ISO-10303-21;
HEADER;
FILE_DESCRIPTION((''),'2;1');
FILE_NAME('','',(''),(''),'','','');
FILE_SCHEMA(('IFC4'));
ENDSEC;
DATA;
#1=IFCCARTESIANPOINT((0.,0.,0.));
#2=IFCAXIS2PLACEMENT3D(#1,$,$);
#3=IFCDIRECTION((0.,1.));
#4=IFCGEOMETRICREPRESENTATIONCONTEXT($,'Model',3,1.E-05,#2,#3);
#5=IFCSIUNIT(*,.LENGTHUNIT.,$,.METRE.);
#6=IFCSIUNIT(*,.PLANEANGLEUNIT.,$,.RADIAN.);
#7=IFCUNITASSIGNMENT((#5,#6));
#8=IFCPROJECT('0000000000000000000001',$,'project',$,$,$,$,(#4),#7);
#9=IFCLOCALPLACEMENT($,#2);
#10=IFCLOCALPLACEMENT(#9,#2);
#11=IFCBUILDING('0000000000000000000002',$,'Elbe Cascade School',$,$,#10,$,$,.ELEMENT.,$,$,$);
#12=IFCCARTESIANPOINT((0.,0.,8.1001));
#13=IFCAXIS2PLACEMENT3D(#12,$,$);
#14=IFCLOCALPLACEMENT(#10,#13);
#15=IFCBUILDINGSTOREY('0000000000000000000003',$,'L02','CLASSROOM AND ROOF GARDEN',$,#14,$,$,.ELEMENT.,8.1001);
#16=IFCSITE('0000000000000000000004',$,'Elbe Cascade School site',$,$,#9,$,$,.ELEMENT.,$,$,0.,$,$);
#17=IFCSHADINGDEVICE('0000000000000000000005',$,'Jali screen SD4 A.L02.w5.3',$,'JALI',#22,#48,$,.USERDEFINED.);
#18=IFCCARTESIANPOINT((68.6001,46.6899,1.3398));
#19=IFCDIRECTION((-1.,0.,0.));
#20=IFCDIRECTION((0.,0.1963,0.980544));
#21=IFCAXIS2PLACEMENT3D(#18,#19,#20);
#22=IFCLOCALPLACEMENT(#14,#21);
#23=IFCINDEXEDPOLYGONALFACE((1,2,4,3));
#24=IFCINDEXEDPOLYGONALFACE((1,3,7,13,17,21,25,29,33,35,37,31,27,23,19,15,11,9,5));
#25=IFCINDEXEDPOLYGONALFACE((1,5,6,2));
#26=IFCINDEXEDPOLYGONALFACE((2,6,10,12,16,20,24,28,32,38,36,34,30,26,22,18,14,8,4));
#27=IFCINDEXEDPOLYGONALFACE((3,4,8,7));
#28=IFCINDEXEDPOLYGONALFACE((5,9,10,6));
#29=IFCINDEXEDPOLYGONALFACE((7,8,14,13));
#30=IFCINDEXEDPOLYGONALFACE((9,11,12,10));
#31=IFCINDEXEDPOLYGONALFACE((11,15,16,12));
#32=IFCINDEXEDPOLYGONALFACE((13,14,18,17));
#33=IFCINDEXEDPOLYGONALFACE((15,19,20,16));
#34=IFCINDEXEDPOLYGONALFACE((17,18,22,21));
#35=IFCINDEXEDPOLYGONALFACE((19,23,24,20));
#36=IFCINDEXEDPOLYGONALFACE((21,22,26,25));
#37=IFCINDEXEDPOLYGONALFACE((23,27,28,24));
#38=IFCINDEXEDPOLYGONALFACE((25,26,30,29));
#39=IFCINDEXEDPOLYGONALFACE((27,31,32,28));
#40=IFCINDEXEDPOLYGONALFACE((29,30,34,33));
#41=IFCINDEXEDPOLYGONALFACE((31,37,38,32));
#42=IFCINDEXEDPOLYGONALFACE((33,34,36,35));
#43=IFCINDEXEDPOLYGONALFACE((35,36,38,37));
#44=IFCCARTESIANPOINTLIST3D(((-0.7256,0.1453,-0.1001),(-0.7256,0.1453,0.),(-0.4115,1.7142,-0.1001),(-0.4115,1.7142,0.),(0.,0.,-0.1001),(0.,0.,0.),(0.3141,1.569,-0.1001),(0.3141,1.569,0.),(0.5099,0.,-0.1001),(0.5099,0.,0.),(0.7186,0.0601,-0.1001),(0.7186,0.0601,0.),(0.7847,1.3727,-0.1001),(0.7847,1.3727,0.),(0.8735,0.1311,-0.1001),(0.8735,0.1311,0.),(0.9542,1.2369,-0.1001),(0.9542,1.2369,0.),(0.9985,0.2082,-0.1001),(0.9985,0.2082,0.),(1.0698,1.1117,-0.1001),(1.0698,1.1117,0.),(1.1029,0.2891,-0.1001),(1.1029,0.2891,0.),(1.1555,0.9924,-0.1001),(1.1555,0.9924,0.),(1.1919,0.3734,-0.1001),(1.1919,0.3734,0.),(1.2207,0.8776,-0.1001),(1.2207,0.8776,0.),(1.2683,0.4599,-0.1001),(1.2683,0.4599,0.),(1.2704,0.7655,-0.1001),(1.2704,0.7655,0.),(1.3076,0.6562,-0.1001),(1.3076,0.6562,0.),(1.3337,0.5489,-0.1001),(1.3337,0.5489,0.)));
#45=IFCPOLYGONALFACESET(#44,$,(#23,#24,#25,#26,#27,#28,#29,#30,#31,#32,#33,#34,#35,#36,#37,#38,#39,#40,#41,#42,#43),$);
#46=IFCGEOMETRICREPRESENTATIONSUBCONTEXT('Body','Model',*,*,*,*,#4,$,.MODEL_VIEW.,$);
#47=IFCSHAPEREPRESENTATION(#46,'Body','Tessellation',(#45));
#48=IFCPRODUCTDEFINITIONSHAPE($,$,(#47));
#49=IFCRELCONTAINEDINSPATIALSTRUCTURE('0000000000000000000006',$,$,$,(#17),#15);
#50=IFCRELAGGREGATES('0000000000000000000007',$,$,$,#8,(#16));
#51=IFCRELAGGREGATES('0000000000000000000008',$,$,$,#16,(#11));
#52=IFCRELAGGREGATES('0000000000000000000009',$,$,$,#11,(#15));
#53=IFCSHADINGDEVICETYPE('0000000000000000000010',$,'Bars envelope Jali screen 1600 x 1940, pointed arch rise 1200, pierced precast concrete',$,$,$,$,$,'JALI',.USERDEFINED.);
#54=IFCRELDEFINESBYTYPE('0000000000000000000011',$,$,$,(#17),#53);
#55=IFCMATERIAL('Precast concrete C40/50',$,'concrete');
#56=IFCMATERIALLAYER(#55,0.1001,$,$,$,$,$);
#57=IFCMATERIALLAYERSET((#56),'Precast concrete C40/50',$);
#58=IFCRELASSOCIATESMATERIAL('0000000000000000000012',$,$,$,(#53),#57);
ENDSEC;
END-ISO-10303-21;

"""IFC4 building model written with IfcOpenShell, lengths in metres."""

from ifc_helpers import new_model, si_unit, direction, frame, origin, place, context, subcontext, project, spatial, polyline, outline, extrude, material, layer, layer_set, type_object, element, save


model = new_model("IFC4")

# Units and contexts
model_context = context("Model", 3, precision=1e-05, world=origin(), true_north=direction((0.0, 1.0)))
body_context = subcontext(model_context, "Body", "Model", "MODEL_VIEW")
ifc_project = project(units=[si_unit("LENGTHUNIT", "METRE"), si_unit("PLANEANGLEUNIT", "RADIAN")], contexts=[model_context])

# Site, building, storey
site_placement = place(None, origin())
site = spatial("IfcSite", under=ifc_project, at=site_placement, Name="Elbe Cascade School site", CompositionType="ELEMENT", RefElevation=0.0)
building_placement = place(site_placement, origin())
building = spatial("IfcBuilding", under=site, at=building_placement, Name="Elbe Cascade School", CompositionType="ELEMENT")
storey_placement = place(building_placement, frame((0.0, 0.0, 8.1001)))
storey = spatial("IfcBuildingStorey", under=building, at=storey_placement, Name="L02", Description="CLASSROOM AND ROOF GARDEN", CompositionType="ELEMENT", Elevation=8.1001)

# Shading device
ifc_material_1 = material(Name="Precast concrete C40/50", Category="concrete")
ifc_layer_1 = layer(ifc_material_1, 0.1001)
ifc_layer_set_1 = layer_set([ifc_layer_1], Name="Precast concrete C40/50")
shading_device_type = type_object("IfcShadingDeviceType", Name="Bars envelope Jali screen 1600 x 1940, pointed arch rise 1200, pierced precast concrete", ElementType="JALI", PredefinedType="USERDEFINED", material=ifc_layer_set_1)
shading_device_placement = place(storey_placement, frame((68.6001, 46.6899, 1.3398), z_axis=(-1.0, 0.0, 0.0), x_axis=(0.0, 0.1963, 0.980544)))
element("IfcShadingDevice", 1, at=shading_device_placement, inside=storey, type_object=shading_device_type, Name="Jali screen SD4 A.L02.w5.3", ObjectType="JALI", PredefinedType="USERDEFINED", context=body_context, shape_type="SweptSolid", body=[
    extrude(outline(polyline([(0.0, 0.0), (0.5099, 0.0), (0.7186, 0.0601), (0.8735, 0.1311), (0.9985, 0.2082), (1.1029, 0.2891), (1.1919, 0.3734), (1.2683, 0.4599), (1.3337, 0.5489), (1.3076, 0.6562), (1.2704, 0.7655), (1.2207, 0.8776), (1.1555, 0.9924), (1.0698, 1.1117), (0.9542, 1.2369), (0.7847, 1.3727), (0.3141, 1.569), (-0.4115, 1.7142), (-0.7256, 0.1453), (0.0, 0.0)])), origin(), (0.0, 0.0, -1.0), 0.1001),
])

save(model, "model.ifc")
